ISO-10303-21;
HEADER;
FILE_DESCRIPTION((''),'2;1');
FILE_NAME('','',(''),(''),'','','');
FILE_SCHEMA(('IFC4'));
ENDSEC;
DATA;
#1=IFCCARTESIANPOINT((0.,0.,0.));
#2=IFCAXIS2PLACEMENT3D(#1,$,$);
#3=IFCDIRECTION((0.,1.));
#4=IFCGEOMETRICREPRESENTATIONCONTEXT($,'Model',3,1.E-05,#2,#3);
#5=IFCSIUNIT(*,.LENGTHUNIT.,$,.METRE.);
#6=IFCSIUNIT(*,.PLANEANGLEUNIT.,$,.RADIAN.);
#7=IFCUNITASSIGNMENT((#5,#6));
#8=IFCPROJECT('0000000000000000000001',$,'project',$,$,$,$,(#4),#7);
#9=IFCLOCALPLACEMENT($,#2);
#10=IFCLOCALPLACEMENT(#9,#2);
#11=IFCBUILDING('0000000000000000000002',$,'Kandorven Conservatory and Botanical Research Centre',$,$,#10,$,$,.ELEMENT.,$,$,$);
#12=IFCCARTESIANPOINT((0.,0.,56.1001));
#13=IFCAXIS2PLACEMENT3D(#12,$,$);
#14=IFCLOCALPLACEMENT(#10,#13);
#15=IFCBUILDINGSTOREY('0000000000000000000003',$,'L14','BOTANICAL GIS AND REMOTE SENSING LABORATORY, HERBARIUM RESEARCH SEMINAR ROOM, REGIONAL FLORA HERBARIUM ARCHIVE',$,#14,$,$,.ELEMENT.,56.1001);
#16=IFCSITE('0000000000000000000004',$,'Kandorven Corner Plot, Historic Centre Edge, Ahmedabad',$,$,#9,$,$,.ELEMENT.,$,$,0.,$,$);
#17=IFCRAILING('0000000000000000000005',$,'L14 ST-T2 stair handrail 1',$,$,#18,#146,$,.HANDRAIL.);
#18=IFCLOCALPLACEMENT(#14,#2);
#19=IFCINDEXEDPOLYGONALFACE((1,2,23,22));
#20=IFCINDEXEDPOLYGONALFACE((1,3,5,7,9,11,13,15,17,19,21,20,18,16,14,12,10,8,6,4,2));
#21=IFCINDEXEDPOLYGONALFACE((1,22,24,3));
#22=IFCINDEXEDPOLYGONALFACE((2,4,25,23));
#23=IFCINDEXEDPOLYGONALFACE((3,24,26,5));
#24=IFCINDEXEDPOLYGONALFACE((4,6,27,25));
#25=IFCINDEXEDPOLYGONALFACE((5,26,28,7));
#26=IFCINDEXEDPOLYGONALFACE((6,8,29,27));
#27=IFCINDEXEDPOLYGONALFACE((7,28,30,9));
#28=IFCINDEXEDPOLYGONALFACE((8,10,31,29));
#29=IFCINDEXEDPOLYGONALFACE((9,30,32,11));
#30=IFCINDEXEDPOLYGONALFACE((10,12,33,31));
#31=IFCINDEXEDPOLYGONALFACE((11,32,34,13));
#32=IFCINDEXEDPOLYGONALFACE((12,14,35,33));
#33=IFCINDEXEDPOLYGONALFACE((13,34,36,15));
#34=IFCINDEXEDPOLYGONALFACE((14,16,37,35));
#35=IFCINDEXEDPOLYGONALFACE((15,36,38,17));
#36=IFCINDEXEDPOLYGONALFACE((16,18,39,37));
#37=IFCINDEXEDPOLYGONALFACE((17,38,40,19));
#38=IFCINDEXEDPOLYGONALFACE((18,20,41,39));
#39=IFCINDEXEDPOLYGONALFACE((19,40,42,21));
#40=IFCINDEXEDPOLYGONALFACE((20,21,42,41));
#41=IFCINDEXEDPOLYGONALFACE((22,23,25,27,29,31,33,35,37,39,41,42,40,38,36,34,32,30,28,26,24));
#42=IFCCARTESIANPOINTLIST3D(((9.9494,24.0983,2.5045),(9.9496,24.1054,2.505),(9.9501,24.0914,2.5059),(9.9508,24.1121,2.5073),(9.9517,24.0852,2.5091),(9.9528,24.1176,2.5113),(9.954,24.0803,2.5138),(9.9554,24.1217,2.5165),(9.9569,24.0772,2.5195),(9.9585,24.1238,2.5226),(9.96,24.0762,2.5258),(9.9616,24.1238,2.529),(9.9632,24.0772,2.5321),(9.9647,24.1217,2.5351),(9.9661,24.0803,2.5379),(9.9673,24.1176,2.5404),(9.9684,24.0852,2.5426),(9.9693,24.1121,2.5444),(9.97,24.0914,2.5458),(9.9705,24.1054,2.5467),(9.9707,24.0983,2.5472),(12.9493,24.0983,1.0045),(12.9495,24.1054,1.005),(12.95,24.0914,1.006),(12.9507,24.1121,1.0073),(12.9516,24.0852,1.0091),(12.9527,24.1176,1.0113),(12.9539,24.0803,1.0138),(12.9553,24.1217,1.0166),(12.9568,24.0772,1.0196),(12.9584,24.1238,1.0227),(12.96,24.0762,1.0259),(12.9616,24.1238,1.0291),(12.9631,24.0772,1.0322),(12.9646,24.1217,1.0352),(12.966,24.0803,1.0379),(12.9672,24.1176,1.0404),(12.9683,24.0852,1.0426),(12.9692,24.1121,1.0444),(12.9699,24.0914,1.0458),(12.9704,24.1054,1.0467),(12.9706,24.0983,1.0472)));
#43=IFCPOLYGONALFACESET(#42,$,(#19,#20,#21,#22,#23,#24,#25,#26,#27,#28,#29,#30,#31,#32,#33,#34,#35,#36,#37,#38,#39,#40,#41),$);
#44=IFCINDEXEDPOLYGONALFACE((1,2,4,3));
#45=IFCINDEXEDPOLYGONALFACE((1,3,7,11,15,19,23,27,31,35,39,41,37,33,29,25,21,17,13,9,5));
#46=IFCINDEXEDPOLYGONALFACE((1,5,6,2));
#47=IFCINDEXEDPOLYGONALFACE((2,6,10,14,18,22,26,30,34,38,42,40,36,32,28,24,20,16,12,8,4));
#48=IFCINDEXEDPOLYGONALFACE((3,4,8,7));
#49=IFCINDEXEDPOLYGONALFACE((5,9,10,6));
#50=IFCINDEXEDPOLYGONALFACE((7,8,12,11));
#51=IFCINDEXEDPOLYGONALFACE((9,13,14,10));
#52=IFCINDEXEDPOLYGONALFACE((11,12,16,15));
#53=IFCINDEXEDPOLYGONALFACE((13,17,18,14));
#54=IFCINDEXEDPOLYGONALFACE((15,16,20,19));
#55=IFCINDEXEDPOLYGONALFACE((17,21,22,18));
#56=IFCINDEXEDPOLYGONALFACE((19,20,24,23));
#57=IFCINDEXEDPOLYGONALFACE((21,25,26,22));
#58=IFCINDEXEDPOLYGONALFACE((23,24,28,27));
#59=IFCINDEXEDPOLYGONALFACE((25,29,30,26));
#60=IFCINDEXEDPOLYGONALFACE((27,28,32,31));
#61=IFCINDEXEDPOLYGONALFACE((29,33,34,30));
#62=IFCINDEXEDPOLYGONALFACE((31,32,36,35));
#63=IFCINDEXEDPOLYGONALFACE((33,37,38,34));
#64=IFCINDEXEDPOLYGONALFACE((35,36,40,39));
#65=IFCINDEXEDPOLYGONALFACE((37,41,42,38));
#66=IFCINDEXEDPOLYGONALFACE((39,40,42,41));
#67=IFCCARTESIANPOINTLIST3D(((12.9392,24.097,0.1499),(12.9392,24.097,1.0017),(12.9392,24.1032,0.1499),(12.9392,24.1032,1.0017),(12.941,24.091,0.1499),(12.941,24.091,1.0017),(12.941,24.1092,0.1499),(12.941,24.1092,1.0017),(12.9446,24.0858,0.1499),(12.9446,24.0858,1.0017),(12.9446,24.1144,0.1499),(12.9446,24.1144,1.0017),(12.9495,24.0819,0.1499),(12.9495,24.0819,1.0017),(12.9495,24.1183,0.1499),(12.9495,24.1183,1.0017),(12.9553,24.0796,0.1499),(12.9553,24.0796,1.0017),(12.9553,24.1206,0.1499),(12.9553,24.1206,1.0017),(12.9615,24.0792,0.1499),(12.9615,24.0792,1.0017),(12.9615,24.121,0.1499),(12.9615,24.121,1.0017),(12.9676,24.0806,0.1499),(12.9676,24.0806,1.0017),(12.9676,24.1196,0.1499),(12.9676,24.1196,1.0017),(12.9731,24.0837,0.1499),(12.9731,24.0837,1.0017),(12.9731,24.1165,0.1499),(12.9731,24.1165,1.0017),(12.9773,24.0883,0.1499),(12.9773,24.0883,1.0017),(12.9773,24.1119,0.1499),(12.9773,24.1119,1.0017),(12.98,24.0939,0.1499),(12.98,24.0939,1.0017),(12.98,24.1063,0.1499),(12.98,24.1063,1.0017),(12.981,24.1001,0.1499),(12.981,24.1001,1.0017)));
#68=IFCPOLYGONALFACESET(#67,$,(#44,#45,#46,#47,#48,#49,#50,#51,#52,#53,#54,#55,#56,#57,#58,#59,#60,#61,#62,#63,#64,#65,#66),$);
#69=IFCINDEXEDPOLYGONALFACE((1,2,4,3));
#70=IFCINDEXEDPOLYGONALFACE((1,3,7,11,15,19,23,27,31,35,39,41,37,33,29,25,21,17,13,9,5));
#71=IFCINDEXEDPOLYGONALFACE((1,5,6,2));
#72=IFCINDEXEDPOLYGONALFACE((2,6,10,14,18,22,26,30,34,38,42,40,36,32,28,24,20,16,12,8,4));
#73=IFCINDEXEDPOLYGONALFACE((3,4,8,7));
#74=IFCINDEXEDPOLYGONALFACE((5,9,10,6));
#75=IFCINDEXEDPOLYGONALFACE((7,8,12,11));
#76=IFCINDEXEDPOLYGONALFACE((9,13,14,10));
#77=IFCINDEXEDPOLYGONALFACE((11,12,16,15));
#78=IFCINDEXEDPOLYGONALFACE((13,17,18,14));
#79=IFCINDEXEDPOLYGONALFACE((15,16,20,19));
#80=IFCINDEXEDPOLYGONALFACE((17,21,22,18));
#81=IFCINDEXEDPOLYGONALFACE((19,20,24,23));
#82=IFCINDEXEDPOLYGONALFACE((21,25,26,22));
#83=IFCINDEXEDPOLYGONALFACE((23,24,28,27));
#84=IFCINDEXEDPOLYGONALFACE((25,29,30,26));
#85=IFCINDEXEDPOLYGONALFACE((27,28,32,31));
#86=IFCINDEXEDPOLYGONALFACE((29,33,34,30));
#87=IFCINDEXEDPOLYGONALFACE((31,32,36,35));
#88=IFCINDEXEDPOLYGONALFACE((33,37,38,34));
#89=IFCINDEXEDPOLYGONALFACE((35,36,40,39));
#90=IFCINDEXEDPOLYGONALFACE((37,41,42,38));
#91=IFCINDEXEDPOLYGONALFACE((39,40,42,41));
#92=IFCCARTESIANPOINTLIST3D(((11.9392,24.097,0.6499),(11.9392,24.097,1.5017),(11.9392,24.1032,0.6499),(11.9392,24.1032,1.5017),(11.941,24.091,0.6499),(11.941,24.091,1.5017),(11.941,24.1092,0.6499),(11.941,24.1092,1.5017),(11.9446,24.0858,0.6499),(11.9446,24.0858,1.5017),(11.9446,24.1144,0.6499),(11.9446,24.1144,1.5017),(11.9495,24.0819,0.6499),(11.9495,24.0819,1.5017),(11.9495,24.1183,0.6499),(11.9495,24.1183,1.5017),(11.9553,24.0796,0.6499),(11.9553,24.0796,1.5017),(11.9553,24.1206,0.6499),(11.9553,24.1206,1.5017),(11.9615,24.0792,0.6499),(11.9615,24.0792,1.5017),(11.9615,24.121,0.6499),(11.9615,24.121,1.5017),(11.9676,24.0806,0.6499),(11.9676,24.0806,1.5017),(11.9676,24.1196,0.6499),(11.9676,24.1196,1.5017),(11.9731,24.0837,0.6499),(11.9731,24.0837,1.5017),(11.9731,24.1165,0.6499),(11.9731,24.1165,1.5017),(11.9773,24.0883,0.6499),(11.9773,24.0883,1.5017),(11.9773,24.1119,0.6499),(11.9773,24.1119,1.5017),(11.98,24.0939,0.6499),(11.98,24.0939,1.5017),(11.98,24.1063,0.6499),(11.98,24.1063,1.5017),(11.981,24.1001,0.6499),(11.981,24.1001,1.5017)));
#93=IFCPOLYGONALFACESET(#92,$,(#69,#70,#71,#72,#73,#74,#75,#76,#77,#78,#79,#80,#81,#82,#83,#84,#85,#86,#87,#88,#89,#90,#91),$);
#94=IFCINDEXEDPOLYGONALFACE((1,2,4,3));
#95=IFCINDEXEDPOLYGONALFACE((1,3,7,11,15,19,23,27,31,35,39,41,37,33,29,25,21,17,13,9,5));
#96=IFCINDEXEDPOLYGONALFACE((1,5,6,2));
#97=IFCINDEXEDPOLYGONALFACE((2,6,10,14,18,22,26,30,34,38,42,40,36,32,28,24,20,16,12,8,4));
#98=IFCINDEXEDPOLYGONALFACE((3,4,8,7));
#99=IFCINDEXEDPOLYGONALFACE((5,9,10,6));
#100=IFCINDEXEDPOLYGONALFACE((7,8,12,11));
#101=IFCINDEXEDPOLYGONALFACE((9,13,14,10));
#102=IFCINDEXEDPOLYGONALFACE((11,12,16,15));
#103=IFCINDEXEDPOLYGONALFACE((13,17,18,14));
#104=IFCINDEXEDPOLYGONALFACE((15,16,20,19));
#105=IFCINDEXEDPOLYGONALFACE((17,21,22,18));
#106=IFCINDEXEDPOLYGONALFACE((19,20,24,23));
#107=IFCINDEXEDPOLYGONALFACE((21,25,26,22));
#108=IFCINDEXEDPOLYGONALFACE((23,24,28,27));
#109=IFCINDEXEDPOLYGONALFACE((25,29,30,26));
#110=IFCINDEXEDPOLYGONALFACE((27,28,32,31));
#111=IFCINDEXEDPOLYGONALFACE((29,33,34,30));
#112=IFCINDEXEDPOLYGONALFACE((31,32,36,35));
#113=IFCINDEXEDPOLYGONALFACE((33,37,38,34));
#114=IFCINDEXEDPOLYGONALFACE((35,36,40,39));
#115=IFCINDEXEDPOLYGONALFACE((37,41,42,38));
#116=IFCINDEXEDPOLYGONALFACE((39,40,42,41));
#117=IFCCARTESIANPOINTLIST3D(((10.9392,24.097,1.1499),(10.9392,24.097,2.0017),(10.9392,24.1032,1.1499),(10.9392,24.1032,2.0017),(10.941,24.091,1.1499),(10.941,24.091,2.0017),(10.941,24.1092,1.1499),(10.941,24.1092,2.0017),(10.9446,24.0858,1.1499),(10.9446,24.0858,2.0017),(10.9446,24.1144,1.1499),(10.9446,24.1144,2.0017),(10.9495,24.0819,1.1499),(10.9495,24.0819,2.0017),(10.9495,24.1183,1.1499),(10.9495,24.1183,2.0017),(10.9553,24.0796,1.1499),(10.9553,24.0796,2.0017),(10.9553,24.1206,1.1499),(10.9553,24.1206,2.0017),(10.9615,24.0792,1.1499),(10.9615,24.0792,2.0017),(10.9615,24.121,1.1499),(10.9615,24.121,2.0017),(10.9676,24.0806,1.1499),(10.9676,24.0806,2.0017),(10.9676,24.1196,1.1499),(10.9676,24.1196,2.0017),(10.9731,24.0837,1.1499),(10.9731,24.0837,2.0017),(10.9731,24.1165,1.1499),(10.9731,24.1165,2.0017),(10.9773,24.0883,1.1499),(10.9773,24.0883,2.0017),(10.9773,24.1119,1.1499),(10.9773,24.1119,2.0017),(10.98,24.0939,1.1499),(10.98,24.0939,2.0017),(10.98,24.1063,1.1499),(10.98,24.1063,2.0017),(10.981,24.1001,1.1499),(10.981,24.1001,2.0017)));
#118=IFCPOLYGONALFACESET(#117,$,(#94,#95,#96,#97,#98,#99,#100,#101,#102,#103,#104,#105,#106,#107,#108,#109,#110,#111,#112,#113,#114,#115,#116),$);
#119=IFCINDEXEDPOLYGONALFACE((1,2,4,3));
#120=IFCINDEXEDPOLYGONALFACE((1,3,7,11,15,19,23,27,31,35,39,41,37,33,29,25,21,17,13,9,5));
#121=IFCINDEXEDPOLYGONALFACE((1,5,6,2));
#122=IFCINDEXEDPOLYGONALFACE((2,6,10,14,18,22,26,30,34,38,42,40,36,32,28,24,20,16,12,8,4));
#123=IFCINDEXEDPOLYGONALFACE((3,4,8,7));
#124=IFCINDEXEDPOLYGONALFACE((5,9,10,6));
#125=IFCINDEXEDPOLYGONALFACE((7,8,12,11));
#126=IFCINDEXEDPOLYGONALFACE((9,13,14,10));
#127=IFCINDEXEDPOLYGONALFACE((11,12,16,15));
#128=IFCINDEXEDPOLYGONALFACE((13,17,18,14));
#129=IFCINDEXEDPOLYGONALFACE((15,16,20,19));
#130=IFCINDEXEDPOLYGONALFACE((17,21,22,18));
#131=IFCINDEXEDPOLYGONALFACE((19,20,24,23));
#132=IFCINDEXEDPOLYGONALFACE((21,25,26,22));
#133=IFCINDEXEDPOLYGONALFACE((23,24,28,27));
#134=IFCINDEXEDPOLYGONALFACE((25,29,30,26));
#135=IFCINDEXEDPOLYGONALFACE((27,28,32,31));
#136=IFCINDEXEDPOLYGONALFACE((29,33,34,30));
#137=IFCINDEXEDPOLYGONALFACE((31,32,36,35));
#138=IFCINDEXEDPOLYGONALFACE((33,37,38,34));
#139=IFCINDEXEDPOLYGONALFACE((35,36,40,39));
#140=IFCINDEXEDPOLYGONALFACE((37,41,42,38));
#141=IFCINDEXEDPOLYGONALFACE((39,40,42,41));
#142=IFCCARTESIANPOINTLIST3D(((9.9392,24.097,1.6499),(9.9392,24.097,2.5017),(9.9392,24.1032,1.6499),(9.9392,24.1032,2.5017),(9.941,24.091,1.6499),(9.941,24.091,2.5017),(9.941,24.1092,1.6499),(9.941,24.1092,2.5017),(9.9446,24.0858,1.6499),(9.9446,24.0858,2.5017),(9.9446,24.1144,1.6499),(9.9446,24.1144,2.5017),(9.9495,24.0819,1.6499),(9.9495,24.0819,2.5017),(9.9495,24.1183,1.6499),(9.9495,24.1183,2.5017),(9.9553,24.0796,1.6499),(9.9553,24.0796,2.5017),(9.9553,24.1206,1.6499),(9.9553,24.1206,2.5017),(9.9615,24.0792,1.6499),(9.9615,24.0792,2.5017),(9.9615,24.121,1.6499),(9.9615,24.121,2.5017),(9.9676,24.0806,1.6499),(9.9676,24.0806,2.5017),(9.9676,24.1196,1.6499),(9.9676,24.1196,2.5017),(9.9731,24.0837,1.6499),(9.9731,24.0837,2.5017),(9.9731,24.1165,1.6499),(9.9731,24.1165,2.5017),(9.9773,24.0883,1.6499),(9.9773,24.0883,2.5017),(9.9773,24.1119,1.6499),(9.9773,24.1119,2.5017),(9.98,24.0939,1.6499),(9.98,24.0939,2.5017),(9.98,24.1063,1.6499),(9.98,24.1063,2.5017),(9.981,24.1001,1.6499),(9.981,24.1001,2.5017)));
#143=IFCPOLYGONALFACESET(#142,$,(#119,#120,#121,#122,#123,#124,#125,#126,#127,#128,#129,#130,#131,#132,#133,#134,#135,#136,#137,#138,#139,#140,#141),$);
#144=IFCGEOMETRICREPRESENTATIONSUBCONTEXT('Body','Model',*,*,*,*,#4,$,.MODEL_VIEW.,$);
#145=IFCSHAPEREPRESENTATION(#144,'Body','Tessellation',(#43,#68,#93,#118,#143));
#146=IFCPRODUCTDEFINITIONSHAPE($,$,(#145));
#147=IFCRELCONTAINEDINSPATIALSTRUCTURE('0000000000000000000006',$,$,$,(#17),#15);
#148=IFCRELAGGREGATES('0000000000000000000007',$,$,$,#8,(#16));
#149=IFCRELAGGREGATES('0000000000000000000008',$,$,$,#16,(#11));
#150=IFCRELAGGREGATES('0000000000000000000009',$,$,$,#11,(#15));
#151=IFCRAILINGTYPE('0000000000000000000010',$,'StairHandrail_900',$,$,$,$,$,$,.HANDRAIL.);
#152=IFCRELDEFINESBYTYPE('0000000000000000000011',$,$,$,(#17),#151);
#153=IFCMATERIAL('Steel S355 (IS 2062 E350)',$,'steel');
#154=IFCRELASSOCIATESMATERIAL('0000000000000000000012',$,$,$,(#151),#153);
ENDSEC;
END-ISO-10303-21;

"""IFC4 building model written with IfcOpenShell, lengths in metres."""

from ifc_helpers import new_model, si_unit, direction, frame, origin, origin_2d, place, context, subcontext, project, spatial, circle, extrude, material, type_object, element, save


model = new_model("IFC4")

# Units and contexts
model_context = context("Model", 3, precision=1e-05, world=origin(), true_north=direction((0.0, 1.0)))
body_context = subcontext(model_context, "Body", "Model", "MODEL_VIEW")
ifc_project = project(units=[si_unit("LENGTHUNIT", "METRE"), si_unit("PLANEANGLEUNIT", "RADIAN")], contexts=[model_context])

# Site, building, storey
site_placement = place(None, origin())
site = spatial("IfcSite", under=ifc_project, at=site_placement, Name="Kandorven Corner Plot, Historic Centre Edge, Ahmedabad", CompositionType="ELEMENT", RefElevation=0.0)
building_placement = place(site_placement, origin())
building = spatial("IfcBuilding", under=site, at=building_placement, Name="Kandorven Conservatory and Botanical Research Centre", CompositionType="ELEMENT")
storey_placement = place(building_placement, frame((0.0, 0.0, 56.1001)))
storey = spatial("IfcBuildingStorey", under=building, at=storey_placement, Name="L14", Description="BOTANICAL GIS AND REMOTE SENSING LABORATORY, HERBARIUM RESEARCH SEMINAR ROOM, REGIONAL FLORA HERBARIUM ARCHIVE", CompositionType="ELEMENT", Elevation=56.1001)

# Railing
ifc_material_1 = material(Name="Steel S355 (IS 2062 E350)", Category="steel")
railing_type_1 = type_object("IfcRailingType", Name="StairHandrail_900", PredefinedType="HANDRAIL", material=ifc_material_1)
railing_1_placement = place(storey_placement, frame((12.96, 24.1001, 0.1499)))
element("IfcRailing", 1, at=railing_1_placement, inside=storey, type_object=railing_type_1, Name="L14 ST-T2 stair handrail 1", PredefinedType="HANDRAIL", context=body_context, shape_type="SweptSolid", body=[
    extrude(circle(Radius=0.0239, at=origin_2d()), frame((0.0, 0.0, 0.876), z_axis=(-0.894427, 0.0, 0.447214), x_axis=(0.0, -1.0, 0.0)), (0.0, 0.0, 1.0), 3.354),
    extrude(circle(Radius=0.021, at=origin_2d()), origin(), (0.0, 0.0, 1.0), 0.8518),
    extrude(circle(Radius=0.021, at=origin_2d()), frame((-1.0, 0.0, 0.5)), (0.0, 0.0, 1.0), 0.8518),
    extrude(circle(Radius=0.021, at=origin_2d()), frame((-2.0, 0.0, 1.0)), (0.0, 0.0, 1.0), 0.8518),
    extrude(circle(Radius=0.021, at=origin_2d()), frame((-3.0, 0.0, 1.5)), (0.0, 0.0, 1.0), 0.8518),
])

save(model, "model.ifc")
